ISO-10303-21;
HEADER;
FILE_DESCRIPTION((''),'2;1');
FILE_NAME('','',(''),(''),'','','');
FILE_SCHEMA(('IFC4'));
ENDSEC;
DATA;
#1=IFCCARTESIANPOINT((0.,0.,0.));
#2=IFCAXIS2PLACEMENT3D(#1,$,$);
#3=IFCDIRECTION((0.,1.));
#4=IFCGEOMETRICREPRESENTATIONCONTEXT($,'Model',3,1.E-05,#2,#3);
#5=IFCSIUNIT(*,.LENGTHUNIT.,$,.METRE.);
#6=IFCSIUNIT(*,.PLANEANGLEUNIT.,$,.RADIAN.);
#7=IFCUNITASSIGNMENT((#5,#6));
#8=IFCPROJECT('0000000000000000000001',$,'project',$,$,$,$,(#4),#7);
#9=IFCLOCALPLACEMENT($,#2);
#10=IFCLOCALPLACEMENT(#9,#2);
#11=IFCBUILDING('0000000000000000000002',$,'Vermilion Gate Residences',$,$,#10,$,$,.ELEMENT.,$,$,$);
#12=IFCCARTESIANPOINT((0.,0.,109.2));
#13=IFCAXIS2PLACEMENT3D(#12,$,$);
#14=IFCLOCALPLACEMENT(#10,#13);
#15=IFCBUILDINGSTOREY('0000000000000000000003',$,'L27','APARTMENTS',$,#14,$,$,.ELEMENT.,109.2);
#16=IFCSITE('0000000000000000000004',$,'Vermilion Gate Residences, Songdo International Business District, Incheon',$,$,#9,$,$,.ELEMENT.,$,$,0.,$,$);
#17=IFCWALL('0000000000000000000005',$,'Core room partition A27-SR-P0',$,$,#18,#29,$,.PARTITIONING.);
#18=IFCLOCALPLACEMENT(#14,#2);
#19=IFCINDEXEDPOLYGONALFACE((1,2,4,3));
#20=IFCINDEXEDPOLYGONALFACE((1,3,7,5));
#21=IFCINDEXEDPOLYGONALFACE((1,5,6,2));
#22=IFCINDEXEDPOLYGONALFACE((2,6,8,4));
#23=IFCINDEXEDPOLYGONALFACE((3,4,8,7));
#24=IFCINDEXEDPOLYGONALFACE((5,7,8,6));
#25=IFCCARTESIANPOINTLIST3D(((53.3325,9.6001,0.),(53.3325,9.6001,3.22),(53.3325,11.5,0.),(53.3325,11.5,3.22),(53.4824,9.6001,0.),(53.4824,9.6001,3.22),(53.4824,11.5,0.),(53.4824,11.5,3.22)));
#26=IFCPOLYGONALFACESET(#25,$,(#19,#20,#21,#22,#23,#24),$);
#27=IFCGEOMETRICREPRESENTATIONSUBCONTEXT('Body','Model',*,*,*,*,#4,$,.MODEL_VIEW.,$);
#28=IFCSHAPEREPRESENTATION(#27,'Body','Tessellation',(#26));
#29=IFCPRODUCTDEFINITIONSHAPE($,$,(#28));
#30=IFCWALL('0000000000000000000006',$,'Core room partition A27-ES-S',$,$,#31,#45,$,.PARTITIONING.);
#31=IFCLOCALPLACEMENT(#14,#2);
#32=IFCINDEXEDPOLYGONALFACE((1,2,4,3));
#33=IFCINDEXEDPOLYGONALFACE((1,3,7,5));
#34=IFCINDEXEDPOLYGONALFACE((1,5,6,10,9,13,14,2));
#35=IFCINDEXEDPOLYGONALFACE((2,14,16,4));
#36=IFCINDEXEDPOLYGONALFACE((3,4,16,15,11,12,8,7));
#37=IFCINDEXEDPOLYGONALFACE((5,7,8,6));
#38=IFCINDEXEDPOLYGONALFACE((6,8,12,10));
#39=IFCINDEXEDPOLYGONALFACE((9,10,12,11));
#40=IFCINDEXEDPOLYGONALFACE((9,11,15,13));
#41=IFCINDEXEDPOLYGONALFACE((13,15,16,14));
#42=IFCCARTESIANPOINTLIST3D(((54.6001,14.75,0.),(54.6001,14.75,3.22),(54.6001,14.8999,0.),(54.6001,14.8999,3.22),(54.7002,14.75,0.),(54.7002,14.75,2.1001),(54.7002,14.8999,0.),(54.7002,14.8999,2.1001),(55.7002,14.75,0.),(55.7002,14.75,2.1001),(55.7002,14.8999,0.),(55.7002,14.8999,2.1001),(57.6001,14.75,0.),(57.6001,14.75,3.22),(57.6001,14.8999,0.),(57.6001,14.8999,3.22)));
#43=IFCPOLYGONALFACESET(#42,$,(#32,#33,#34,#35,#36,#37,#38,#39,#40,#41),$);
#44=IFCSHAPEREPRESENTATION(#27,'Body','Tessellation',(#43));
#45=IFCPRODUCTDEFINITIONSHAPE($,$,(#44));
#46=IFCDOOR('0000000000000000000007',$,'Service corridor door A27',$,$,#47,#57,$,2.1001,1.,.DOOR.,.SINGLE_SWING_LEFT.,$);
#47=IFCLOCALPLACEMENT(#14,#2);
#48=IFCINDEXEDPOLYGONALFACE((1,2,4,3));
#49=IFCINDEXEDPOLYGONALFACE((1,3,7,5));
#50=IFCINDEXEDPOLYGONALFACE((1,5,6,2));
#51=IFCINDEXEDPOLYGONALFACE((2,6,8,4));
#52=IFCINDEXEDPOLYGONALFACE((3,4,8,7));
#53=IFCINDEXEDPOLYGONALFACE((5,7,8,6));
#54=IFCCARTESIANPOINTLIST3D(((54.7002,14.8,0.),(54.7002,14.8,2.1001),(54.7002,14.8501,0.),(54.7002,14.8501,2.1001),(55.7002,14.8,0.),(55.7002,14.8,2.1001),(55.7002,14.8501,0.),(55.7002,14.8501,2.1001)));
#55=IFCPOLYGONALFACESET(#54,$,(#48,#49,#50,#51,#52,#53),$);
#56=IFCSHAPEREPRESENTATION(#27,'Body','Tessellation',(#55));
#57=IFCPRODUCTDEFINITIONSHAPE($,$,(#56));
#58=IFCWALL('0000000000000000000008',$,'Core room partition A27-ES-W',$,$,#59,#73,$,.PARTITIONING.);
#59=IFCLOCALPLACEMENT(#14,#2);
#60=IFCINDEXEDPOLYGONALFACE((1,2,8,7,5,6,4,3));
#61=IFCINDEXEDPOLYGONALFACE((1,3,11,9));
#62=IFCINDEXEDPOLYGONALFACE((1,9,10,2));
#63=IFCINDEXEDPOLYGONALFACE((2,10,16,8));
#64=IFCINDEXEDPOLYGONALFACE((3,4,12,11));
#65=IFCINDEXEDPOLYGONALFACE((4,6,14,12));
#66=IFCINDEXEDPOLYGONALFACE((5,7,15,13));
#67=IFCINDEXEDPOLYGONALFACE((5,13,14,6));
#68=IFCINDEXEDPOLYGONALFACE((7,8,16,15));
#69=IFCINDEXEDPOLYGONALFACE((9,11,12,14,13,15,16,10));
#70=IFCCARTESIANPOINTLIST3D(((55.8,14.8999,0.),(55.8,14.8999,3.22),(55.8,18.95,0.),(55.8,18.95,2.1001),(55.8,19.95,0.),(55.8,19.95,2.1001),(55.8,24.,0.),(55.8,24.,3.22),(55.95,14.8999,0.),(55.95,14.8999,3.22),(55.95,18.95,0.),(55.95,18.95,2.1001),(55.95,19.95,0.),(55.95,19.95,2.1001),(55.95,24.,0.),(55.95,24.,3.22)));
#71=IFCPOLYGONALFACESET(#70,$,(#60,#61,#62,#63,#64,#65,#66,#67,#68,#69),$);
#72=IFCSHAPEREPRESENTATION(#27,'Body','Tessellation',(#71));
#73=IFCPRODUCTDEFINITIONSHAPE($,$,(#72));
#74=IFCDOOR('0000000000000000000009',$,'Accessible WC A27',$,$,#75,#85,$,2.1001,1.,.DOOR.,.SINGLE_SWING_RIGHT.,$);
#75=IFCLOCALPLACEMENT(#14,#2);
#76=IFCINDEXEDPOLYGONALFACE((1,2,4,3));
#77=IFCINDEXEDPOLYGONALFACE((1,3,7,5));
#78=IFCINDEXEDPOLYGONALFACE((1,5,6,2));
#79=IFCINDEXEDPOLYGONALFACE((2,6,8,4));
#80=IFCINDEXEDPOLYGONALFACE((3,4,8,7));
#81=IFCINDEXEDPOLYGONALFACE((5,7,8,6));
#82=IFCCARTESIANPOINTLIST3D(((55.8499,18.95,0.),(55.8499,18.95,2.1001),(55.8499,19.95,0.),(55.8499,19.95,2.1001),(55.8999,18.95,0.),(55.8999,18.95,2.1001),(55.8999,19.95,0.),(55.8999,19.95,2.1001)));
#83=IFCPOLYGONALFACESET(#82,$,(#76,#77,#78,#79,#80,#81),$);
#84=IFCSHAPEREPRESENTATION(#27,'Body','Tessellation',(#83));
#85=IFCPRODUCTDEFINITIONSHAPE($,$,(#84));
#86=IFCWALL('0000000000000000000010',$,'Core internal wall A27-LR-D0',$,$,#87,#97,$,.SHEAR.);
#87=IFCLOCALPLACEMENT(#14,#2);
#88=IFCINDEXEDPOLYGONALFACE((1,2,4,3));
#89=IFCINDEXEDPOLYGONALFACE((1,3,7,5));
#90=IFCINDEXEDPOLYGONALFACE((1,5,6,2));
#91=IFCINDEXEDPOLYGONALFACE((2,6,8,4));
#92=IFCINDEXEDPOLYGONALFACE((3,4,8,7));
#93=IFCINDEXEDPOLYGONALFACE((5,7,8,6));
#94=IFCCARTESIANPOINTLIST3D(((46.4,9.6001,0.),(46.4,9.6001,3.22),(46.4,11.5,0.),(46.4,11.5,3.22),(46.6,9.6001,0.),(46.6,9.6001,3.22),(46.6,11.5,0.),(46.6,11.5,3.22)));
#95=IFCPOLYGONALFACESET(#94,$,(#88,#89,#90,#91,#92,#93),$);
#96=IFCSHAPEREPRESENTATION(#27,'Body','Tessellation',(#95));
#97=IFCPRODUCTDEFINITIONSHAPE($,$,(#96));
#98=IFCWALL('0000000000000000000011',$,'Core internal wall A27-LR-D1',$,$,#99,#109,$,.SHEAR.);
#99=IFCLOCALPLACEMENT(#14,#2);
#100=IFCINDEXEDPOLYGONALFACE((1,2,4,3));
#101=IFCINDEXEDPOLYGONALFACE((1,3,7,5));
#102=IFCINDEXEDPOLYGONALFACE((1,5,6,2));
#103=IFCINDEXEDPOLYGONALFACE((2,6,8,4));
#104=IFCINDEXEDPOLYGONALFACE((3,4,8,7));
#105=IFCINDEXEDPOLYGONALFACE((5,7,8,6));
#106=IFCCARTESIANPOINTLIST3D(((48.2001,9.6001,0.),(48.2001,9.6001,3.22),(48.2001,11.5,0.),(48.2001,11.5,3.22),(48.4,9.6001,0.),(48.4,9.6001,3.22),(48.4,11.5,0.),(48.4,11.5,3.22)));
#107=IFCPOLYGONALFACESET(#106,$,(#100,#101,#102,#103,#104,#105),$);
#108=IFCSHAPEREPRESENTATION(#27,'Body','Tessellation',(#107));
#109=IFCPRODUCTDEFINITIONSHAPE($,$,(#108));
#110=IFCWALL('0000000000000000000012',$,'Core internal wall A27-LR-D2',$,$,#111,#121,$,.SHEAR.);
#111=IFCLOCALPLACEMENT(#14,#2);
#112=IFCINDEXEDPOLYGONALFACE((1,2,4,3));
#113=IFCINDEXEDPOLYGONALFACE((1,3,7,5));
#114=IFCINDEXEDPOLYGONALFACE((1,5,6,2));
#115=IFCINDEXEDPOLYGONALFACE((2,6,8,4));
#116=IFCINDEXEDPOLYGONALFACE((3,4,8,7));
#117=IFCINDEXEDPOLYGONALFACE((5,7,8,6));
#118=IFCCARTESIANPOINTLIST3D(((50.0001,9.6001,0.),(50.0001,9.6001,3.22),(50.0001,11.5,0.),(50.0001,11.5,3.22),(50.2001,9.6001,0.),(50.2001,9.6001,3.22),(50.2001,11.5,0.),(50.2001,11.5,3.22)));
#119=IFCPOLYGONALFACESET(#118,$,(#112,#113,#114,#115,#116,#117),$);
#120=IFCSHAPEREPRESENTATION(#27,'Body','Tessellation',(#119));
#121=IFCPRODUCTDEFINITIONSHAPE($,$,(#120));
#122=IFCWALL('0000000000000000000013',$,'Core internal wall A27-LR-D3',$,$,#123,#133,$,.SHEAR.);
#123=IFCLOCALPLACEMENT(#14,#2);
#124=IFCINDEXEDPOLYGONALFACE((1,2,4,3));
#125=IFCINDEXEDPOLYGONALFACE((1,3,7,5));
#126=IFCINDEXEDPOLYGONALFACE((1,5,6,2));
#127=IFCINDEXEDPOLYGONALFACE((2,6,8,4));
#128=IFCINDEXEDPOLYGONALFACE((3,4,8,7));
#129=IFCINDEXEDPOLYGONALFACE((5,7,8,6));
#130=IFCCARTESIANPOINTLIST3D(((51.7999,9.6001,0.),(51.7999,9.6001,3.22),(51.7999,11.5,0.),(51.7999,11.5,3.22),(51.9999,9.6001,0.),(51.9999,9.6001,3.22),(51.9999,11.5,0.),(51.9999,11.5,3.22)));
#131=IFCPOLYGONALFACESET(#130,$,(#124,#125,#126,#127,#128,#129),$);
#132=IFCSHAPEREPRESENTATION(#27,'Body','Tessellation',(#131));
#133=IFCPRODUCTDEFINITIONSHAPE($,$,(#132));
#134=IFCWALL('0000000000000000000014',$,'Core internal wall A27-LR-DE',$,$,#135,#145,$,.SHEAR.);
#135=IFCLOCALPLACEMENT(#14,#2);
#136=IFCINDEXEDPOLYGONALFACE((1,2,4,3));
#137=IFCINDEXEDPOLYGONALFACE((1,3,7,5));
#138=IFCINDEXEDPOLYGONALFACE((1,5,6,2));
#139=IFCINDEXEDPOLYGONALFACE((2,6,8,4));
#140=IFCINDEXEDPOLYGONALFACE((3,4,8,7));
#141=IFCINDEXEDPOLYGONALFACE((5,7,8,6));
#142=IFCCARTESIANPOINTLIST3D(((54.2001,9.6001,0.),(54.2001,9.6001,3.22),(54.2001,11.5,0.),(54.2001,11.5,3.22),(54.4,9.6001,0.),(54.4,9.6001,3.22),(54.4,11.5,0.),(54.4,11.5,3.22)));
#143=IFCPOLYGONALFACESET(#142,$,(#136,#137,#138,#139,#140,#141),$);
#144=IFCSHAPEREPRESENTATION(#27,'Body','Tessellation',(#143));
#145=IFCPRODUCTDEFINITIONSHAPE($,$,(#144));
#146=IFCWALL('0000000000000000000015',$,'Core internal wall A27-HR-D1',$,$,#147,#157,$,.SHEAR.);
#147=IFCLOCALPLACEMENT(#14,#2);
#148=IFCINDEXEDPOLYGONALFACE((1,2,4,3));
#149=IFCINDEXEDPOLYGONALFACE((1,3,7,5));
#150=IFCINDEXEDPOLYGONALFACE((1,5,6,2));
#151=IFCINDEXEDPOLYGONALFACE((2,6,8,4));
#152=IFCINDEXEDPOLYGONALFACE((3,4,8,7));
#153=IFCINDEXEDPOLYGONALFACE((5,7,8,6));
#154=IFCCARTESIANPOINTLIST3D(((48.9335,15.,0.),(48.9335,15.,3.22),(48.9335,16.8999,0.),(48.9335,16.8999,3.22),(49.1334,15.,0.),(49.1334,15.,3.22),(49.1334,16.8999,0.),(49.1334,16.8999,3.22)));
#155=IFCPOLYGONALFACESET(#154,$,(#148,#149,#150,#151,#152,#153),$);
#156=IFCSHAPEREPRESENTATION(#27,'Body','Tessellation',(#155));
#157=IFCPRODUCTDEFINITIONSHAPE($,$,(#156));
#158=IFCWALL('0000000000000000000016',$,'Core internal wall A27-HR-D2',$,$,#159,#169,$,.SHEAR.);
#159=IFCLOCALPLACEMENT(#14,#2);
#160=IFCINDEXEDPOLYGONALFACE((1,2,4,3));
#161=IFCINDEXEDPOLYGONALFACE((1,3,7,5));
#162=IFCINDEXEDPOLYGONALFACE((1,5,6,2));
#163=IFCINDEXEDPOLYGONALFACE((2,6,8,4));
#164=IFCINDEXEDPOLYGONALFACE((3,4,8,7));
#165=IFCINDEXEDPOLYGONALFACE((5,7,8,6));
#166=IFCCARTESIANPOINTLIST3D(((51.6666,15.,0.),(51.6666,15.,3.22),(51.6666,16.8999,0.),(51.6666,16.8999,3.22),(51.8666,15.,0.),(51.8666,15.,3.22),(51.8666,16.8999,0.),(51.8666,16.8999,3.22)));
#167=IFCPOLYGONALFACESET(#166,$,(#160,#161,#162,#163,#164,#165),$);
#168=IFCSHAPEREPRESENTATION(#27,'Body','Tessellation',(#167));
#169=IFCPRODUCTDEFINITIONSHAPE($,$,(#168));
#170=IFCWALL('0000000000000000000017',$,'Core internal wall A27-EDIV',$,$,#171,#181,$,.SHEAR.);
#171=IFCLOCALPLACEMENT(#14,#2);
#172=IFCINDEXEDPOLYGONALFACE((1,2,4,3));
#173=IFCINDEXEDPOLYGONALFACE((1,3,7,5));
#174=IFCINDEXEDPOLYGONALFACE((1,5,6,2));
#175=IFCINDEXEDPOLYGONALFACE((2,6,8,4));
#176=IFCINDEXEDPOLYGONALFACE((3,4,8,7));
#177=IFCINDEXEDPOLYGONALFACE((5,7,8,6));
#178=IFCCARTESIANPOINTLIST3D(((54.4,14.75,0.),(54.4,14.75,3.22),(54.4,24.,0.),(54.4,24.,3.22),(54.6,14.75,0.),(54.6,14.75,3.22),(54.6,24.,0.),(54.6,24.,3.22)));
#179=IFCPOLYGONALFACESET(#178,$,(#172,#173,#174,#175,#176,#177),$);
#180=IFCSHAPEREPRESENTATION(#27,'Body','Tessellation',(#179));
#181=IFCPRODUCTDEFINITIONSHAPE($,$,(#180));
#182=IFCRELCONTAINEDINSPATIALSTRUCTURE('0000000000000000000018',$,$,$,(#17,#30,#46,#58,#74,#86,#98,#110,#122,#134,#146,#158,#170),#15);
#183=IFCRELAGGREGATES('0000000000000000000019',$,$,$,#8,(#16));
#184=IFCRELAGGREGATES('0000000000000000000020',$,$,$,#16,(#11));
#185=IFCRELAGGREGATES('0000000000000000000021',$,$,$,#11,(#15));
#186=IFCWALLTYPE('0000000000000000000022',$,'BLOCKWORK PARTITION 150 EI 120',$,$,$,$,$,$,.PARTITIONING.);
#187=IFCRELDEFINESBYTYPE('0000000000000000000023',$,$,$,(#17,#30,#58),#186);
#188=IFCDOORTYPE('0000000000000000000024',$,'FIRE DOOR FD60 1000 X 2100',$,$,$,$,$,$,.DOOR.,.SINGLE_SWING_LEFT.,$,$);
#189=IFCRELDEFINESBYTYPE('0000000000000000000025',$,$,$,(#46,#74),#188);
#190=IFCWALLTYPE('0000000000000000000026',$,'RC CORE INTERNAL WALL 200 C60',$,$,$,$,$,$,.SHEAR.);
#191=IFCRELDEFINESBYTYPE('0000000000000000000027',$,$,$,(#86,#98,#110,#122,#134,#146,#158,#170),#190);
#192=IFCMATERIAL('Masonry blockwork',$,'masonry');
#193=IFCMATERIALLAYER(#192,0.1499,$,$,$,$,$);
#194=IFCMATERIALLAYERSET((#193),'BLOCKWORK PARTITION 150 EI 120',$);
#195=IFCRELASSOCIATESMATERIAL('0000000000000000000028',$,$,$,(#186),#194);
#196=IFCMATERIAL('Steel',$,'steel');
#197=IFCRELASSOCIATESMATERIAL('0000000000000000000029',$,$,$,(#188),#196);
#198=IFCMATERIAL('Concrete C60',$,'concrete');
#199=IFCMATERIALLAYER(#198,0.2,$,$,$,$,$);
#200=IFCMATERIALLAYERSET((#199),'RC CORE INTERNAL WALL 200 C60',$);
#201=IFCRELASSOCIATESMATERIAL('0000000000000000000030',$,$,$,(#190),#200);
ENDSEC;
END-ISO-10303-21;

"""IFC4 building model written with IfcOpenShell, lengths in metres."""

from ifc_helpers import new_model, si_unit, direction, frame, frame_2d, origin, place, context, subcontext, project, spatial, rectangle, extrude, material, layer, layer_set, type_object, element, fill, save


model = new_model("IFC4")

# Units and contexts
model_context = context("Model", 3, precision=1e-05, world=origin(), true_north=direction((0.0, 1.0)))
body_context = subcontext(model_context, "Body", "Model", "MODEL_VIEW")
ifc_project = project(units=[si_unit("LENGTHUNIT", "METRE"), si_unit("PLANEANGLEUNIT", "RADIAN")], contexts=[model_context])

# Site, building, storey
site_placement = place(None, origin())
site = spatial("IfcSite", under=ifc_project, at=site_placement, Name="Vermilion Gate Residences, Songdo International Business District, Incheon", CompositionType="ELEMENT", RefElevation=0.0)
building_placement = place(site_placement, origin())
building = spatial("IfcBuilding", under=site, at=building_placement, Name="Vermilion Gate Residences", CompositionType="ELEMENT")
storey_placement = place(building_placement, frame((0.0, 0.0, 109.2)))
storey = spatial("IfcBuildingStorey", under=building, at=storey_placement, Name="L27", Description="APARTMENTS", CompositionType="ELEMENT", Elevation=109.2)

# Wall
ifc_material_1 = material(Name="Masonry blockwork", Category="masonry")
ifc_layer_1 = layer(ifc_material_1, 0.1499)
ifc_layer_set_1 = layer_set([ifc_layer_1], Name="BLOCKWORK PARTITION 150 EI 120")
wall_type_1 = type_object("IfcWallType", Name="BLOCKWORK PARTITION 150 EI 120", PredefinedType="PARTITIONING", material=ifc_layer_set_1)
wall_1_placement = place(storey_placement, frame((53.4075, 9.6001, 0.0), z_axis=(0.0, 0.0, 1.0), x_axis=(0.0, 1.0, 0.0)))
element("IfcWall", 1, at=wall_1_placement, inside=storey, type_object=wall_type_1, Name="Core room partition A27-SR-P0", PredefinedType="PARTITIONING", context=body_context, shape_type="SweptSolid", body=[
    extrude(rectangle(XDim=1.8999, YDim=0.1499, at=frame_2d((0.95, 0.0))), origin(), (0.0, 0.0, 1.0), 3.22),
])

# Walls, openings, doors
wall_2_placement = place(storey_placement, frame((54.6001, 14.825, 0.0), z_axis=(0.0, 0.0, 1.0), x_axis=(1.0, 0.0, 0.0)))
wall_2 = element("IfcWall", 2, at=wall_2_placement, inside=storey, type_object=wall_type_1, Name="Core room partition A27-ES-S", PredefinedType="PARTITIONING", context=body_context, shape_type="SweptSolid", body=[
    extrude(rectangle(XDim=3.0, YDim=0.1499, at=frame_2d((1.5, 0.0))), origin(), (0.0, 0.0, 1.0), 3.22),
])
opening_1_placement = place(wall_2_placement, frame((0.1001, 0.0, 0.0)))
opening_1 = element("IfcOpeningElement", 3, at=opening_1_placement, cuts=wall_2, PredefinedType="OPENING", context=body_context, shape_type="SweptSolid", body=[
    extrude(rectangle(XDim=1.0, YDim=2.1001, at=frame_2d((0.5, 1.05))), frame((0.0, 0.085, 0.0), z_axis=(0.0, -1.0, 0.0), x_axis=(1.0, 0.0, 0.0)), (0.0, 0.0, 1.0), 0.1699),
])
ifc_material_2 = material(Name="Steel", Category="steel")
door_type_1 = type_object("IfcDoorType", Name="FIRE DOOR FD60 1000 X 2100", OperationType="SINGLE_SWING_LEFT", PredefinedType="DOOR", material=ifc_material_2)
door_1_placement = place(opening_1_placement, frame((1.0, 0.0, 0.0), z_axis=(0.0, 0.0, 1.0), x_axis=(-1.0, 0.0, 0.0)))
door_1 = element("IfcDoor", 4, at=door_1_placement, inside=storey, type_object=door_type_1, Name="Service corridor door A27", OperationType="SINGLE_SWING_LEFT", OverallHeight=2.1001, OverallWidth=1.0, PredefinedType="DOOR", context=body_context, shape_type="SweptSolid", body=[
    extrude(rectangle(XDim=1.0, YDim=2.1001, at=frame_2d((0.5, 1.05))), frame((0.0, 0.0249, 0.0), z_axis=(0.0, -1.0, 0.0), x_axis=(1.0, 0.0, 0.0)), (0.0, 0.0, 1.0), 0.05),
])
fill(opening_1, door_1)
wall_3_placement = place(storey_placement, frame((55.875, 14.8999, 0.0), z_axis=(0.0, 0.0, 1.0), x_axis=(0.0, 1.0, 0.0)))
wall_3 = element("IfcWall", 5, at=wall_3_placement, inside=storey, type_object=wall_type_1, Name="Core room partition A27-ES-W", PredefinedType="PARTITIONING", context=body_context, shape_type="SweptSolid", body=[
    extrude(rectangle(XDim=9.1001, YDim=0.1499, at=frame_2d((4.55, 0.0))), origin(), (0.0, 0.0, 1.0), 3.22),
])
opening_2_placement = place(wall_3_placement, frame((4.05, 0.0, 0.0)))
opening_2 = element("IfcOpeningElement", 6, at=opening_2_placement, cuts=wall_3, PredefinedType="OPENING", context=body_context, shape_type="SweptSolid", body=[
    extrude(rectangle(XDim=1.0, YDim=2.1001, at=frame_2d((0.5, 1.05))), frame((0.0, 0.085, 0.0), z_axis=(0.0, -1.0, 0.0), x_axis=(1.0, 0.0, 0.0)), (0.0, 0.0, 1.0), 0.1699),
])
door_2_placement = place(opening_2_placement, frame((1.0, 0.0, 0.0), z_axis=(0.0, 0.0, 1.0), x_axis=(-1.0, 0.0, 0.0)))
door_2 = element("IfcDoor", 7, at=door_2_placement, inside=storey, type_object=door_type_1, Name="Accessible WC A27", OperationType="SINGLE_SWING_RIGHT", OverallHeight=2.1001, OverallWidth=1.0, PredefinedType="DOOR", context=body_context, shape_type="SweptSolid", body=[
    extrude(rectangle(XDim=1.0, YDim=2.1001, at=frame_2d((0.5, 1.05))), frame((0.0, 0.0249, 0.0), z_axis=(0.0, -1.0, 0.0), x_axis=(1.0, 0.0, 0.0)), (0.0, 0.0, 1.0), 0.05),
])
fill(opening_2, door_2)

# Walls
ifc_material_3 = material(Name="Concrete C60", Category="concrete")
ifc_layer_2 = layer(ifc_material_3, 0.2)
ifc_layer_set_2 = layer_set([ifc_layer_2], Name="RC CORE INTERNAL WALL 200 C60")
wall_type_2 = type_object("IfcWallType", Name="RC CORE INTERNAL WALL 200 C60", PredefinedType="SHEAR", material=ifc_layer_set_2)
for number, where, z_axis, x_axis, name in (
    (8, (46.5, 9.6001, 0.0), (0.0, 0.0, 1.0), (0.0, 1.0, 0.0), "Core internal wall A27-LR-D0"),
    (9, (48.3, 9.6001, 0.0), (0.0, 0.0, 1.0), (0.0, 1.0, 0.0), "Core internal wall A27-LR-D1"),
    (10, (50.1001, 9.6001, 0.0), (0.0, 0.0, 1.0), (0.0, 1.0, 0.0), "Core internal wall A27-LR-D2"),
    (11, (51.8999, 9.6001, 0.0), (0.0, 0.0, 1.0), (0.0, 1.0, 0.0), "Core internal wall A27-LR-D3"),
    (12, (54.3, 9.6001, 0.0), (0.0, 0.0, 1.0), (0.0, 1.0, 0.0), "Core internal wall A27-LR-DE"),
    (13, (49.0334, 15.0, 0.0), (0.0, 0.0, 1.0), (0.0, 1.0, 0.0), "Core internal wall A27-HR-D1"),
    (14, (51.7666, 15.0, 0.0), (0.0, 0.0, 1.0), (0.0, 1.0, 0.0), "Core internal wall A27-HR-D2"),
):
    element("IfcWall", number, at=place(storey_placement, frame(where, z_axis=z_axis, x_axis=x_axis)), inside=storey, type_object=wall_type_2, Name=name, PredefinedType="SHEAR", context=body_context, shape_type="SweptSolid", body=[
        extrude(rectangle(XDim=1.8999, YDim=0.2, at=frame_2d((0.95, 0.0))), origin(), (0.0, 0.0, 1.0), 3.22),
    ])
wall_4_placement = place(storey_placement, frame((54.5, 14.75, 0.0), z_axis=(0.0, 0.0, 1.0), x_axis=(0.0, 1.0, 0.0)))
element("IfcWall", 15, at=wall_4_placement, inside=storey, type_object=wall_type_2, Name="Core internal wall A27-EDIV", PredefinedType="SHEAR", context=body_context, shape_type="SweptSolid", body=[
    extrude(rectangle(XDim=9.25, YDim=0.2, at=frame_2d((4.625, 0.0))), origin(), (0.0, 0.0, 1.0), 3.22),
])

save(model, "model.ifc")
